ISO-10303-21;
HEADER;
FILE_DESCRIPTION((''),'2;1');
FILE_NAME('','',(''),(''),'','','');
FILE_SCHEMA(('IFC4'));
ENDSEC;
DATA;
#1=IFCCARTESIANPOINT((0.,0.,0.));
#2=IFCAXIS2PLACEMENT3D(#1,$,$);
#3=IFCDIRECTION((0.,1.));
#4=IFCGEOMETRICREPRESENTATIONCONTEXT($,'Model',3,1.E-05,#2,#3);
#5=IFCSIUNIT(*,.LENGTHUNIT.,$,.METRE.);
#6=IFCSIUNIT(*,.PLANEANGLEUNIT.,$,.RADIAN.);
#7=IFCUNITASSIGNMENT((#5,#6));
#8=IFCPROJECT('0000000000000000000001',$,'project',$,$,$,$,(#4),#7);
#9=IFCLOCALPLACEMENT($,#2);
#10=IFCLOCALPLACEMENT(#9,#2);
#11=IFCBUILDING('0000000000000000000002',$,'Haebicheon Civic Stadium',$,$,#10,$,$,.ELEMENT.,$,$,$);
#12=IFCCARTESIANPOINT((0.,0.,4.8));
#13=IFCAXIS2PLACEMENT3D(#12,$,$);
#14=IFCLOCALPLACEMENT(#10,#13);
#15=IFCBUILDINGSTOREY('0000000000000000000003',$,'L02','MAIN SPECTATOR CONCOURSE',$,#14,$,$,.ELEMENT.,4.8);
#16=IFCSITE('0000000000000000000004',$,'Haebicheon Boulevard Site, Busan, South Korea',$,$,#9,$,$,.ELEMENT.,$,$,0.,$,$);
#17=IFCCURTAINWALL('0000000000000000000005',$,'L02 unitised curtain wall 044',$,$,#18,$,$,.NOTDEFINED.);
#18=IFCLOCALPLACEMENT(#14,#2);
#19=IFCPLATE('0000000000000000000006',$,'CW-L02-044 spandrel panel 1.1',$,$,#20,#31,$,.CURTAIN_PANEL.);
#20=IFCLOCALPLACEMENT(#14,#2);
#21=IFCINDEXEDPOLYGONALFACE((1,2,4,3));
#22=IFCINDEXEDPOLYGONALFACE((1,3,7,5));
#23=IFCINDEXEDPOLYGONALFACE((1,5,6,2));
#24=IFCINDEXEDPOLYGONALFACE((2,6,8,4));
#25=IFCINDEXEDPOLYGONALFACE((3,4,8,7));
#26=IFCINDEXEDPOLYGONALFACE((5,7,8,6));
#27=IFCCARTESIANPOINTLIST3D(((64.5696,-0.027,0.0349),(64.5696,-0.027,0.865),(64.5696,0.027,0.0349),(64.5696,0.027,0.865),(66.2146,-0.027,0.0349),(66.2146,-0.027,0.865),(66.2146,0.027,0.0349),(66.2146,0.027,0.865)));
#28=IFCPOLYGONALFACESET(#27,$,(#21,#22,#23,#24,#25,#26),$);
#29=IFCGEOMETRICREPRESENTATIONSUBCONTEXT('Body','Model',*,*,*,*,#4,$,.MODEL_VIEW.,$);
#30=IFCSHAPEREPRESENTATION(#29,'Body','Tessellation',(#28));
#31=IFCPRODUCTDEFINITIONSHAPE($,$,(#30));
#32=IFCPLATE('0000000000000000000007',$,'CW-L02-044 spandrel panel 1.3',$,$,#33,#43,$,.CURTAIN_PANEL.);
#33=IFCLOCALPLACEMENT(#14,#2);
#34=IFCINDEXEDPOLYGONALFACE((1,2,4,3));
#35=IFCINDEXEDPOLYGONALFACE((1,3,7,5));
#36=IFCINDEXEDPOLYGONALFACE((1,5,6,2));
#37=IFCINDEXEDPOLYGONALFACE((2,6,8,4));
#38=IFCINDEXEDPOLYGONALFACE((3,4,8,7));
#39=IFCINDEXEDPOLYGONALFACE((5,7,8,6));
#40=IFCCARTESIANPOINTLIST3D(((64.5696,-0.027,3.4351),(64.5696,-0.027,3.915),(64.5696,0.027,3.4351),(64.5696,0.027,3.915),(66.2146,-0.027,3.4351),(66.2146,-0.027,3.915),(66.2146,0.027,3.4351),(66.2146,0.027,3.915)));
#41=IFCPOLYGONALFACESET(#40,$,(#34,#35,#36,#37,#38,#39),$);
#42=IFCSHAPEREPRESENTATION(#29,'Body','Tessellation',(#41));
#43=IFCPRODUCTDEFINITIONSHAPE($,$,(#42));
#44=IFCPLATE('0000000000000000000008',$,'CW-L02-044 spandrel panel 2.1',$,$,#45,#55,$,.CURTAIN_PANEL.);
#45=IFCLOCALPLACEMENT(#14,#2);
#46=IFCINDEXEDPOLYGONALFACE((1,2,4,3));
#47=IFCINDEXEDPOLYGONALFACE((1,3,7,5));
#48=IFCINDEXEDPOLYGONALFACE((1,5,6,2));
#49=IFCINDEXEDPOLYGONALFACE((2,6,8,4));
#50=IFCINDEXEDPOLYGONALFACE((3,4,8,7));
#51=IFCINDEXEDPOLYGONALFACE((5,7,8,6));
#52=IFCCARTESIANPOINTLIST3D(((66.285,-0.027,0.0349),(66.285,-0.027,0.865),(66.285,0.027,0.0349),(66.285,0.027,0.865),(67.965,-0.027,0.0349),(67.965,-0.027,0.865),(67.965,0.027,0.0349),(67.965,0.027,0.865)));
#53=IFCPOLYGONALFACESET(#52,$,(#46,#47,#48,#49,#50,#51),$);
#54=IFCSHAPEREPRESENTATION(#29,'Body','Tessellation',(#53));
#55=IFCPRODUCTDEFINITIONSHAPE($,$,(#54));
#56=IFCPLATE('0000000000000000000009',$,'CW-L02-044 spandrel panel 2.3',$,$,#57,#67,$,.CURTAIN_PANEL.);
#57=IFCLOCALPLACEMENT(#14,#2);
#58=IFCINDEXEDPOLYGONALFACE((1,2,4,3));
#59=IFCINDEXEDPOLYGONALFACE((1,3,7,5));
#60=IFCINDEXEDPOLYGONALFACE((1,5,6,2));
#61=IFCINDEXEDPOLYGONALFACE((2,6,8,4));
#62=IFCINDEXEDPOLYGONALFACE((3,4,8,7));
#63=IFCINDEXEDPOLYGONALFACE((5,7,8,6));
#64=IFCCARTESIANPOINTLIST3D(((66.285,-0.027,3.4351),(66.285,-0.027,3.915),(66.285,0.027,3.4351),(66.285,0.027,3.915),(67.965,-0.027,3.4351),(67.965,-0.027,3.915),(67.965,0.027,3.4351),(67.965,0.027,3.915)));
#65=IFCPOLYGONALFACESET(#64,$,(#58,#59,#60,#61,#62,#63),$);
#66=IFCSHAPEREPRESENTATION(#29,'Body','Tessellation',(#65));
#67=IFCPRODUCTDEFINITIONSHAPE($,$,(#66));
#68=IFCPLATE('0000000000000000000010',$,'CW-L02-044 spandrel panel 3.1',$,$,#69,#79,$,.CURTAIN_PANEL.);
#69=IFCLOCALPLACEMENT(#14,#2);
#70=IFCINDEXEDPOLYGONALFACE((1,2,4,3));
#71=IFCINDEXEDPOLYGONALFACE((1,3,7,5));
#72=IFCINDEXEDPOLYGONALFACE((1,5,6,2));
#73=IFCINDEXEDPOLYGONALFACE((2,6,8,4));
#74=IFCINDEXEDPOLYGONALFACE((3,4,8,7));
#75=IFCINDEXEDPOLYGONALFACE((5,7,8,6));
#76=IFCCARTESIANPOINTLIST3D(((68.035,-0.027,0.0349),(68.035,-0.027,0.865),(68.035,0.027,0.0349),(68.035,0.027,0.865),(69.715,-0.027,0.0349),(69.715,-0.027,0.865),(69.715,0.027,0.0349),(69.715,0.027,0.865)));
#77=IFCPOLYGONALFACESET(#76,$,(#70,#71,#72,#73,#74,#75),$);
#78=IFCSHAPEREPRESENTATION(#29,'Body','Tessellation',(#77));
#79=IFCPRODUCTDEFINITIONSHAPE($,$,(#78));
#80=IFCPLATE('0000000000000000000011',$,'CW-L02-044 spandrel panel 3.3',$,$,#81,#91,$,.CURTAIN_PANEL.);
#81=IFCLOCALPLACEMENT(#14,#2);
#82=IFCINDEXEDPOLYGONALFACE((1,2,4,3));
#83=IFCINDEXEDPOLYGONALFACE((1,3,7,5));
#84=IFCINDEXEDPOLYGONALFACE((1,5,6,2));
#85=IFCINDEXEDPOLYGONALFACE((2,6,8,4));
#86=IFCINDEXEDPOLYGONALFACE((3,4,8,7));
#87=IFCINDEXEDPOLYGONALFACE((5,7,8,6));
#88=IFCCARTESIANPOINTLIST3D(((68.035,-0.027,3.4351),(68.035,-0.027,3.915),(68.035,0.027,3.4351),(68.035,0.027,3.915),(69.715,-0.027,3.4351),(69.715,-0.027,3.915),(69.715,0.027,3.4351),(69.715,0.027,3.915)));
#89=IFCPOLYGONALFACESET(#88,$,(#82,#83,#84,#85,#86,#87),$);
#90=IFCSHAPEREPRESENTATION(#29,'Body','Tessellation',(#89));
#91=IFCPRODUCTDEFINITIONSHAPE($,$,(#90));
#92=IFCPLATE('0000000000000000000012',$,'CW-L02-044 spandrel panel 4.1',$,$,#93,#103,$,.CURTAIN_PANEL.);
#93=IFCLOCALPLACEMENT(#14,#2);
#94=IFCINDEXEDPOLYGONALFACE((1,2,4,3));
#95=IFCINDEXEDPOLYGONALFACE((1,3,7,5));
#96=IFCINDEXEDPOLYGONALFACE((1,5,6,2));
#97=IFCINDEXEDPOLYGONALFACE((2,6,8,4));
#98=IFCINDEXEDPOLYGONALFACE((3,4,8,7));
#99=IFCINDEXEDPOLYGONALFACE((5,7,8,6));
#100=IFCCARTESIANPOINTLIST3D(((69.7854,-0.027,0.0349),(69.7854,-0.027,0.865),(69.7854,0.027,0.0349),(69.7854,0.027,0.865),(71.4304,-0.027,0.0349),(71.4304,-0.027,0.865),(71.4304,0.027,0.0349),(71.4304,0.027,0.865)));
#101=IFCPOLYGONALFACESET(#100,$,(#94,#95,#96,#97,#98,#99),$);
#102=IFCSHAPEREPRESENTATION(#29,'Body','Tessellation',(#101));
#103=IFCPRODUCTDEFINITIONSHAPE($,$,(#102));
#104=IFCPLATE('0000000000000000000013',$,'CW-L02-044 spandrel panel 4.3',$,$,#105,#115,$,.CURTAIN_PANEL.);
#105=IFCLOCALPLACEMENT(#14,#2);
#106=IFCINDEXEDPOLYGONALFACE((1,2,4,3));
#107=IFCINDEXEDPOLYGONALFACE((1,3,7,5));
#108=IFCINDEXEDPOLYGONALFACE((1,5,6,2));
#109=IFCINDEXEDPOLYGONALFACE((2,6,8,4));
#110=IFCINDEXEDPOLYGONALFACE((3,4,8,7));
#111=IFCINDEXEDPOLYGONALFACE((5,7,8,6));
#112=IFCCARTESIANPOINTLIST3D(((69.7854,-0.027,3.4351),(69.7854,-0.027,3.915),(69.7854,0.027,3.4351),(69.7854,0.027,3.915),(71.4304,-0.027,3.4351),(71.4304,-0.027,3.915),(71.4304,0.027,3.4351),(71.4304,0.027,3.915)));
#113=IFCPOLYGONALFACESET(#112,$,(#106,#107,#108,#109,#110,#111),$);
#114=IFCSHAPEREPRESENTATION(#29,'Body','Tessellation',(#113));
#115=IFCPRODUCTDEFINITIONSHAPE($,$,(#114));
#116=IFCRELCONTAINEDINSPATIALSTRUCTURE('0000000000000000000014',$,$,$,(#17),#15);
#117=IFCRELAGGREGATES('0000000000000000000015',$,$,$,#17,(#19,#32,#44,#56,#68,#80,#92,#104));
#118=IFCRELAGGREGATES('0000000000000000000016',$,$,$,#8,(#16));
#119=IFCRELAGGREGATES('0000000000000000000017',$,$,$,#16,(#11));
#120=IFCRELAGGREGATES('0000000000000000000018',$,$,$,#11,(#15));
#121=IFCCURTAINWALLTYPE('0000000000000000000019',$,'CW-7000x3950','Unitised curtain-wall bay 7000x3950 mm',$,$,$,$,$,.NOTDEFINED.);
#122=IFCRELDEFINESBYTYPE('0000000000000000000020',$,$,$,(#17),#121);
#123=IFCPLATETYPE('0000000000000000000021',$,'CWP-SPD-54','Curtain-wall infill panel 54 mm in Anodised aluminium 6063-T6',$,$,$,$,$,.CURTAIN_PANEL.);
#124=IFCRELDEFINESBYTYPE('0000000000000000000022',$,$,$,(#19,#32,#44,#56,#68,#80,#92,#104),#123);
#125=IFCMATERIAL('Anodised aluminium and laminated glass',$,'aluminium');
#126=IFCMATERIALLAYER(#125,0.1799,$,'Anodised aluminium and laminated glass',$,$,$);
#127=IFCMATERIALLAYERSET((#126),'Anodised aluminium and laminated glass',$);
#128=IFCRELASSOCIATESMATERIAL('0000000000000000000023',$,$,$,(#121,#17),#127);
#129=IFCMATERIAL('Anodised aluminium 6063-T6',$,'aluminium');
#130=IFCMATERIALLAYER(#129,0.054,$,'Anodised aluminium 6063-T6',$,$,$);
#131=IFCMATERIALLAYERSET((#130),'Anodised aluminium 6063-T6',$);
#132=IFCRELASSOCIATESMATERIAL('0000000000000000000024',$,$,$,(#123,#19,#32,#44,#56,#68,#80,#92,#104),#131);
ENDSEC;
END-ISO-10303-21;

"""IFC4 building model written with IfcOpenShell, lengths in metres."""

from ifc_helpers import new_model, si_unit, direction, frame, origin, origin_2d, place, context, subcontext, project, spatial, rectangle, extrude, material, layer, layer_set, type_object, element, aggregate, save


model = new_model("IFC4")

# Units and contexts
model_context = context("Model", 3, precision=1e-05, world=origin(), true_north=direction((0.0, 1.0)))
body_context = subcontext(model_context, "Body", "Model", "MODEL_VIEW")
ifc_project = project(units=[si_unit("LENGTHUNIT", "METRE"), si_unit("PLANEANGLEUNIT", "RADIAN")], contexts=[model_context])

# Site, building, storey
site_placement = place(None, origin())
site = spatial("IfcSite", under=ifc_project, at=site_placement, Name="Haebicheon Boulevard Site, Busan, South Korea", CompositionType="ELEMENT", RefElevation=0.0)
building_placement = place(site_placement, origin())
building = spatial("IfcBuilding", under=site, at=building_placement, Name="Haebicheon Civic Stadium", CompositionType="ELEMENT")
storey_placement = place(building_placement, frame((0.0, 0.0, 4.8)))
storey = spatial("IfcBuildingStorey", under=building, at=storey_placement, Name="L02", Description="MAIN SPECTATOR CONCOURSE", CompositionType="ELEMENT", Elevation=4.8)

# Curtain wall, plates
ifc_material_1 = material(Name="Anodised aluminium and laminated glass", Category="aluminium")
ifc_layer_1 = layer(ifc_material_1, 0.1799, Name="Anodised aluminium and laminated glass")
ifc_layer_set_1 = layer_set([ifc_layer_1], Name="Anodised aluminium and laminated glass")
curtain_wall_type = type_object("IfcCurtainWallType", Name="CW-7000x3950", Description="Unitised curtain-wall bay 7000x3950 mm", PredefinedType="NOTDEFINED", material=ifc_layer_set_1)
curtain_wall_placement = place(storey_placement, origin())
curtain_wall = element("IfcCurtainWall", 1, at=curtain_wall_placement, inside=storey, type_object=curtain_wall_type, material=ifc_layer_set_1, Name="L02 unitised curtain wall 044", PredefinedType="NOTDEFINED")
ifc_material_2 = material(Name="Anodised aluminium 6063-T6", Category="aluminium")
ifc_layer_2 = layer(ifc_material_2, 0.054, Name="Anodised aluminium 6063-T6")
ifc_layer_set_2 = layer_set([ifc_layer_2], Name="Anodised aluminium 6063-T6")
plate_type_1 = type_object("IfcPlateType", Name="CWP-SPD-54", Description="Curtain-wall infill panel 54 mm in Anodised aluminium 6063-T6", PredefinedType="CURTAIN_PANEL", material=ifc_layer_set_2)
plate_1_placement = place(storey_placement, frame((65.3921, 0.0, 0.0349), z_axis=(0.0, 0.0, 1.0), x_axis=(1.0, 0.0, 0.0)))
plate_1 = element("IfcPlate", 2, at=plate_1_placement, type_object=plate_type_1, material=ifc_layer_set_2, Name="CW-L02-044 spandrel panel 1.1", PredefinedType="CURTAIN_PANEL", context=body_context, shape_type="SweptSolid", body=[
    extrude(rectangle(XDim=1.645, YDim=0.054, at=origin_2d()), origin(), (0.0, 0.0, 1.0), 0.8301),
])
plate_2_placement = place(storey_placement, frame((65.3921, 0.0, 3.4351), z_axis=(0.0, 0.0, 1.0), x_axis=(1.0, 0.0, 0.0)))
plate_2 = element("IfcPlate", 3, at=plate_2_placement, type_object=plate_type_1, material=ifc_layer_set_2, Name="CW-L02-044 spandrel panel 1.3", PredefinedType="CURTAIN_PANEL", context=body_context, shape_type="SweptSolid", body=[
    extrude(rectangle(XDim=1.645, YDim=0.054, at=origin_2d()), origin(), (0.0, 0.0, 1.0), 0.48),
])
plate_3_placement = place(storey_placement, frame((67.125, 0.0, 0.0349), z_axis=(0.0, 0.0, 1.0), x_axis=(1.0, 0.0, 0.0)))
plate_3 = element("IfcPlate", 4, at=plate_3_placement, type_object=plate_type_1, material=ifc_layer_set_2, Name="CW-L02-044 spandrel panel 2.1", PredefinedType="CURTAIN_PANEL", context=body_context, shape_type="SweptSolid", body=[
    extrude(rectangle(XDim=1.6799, YDim=0.054, at=origin_2d()), origin(), (0.0, 0.0, 1.0), 0.8301),
])
plate_4_placement = place(storey_placement, frame((67.125, 0.0, 3.4351), z_axis=(0.0, 0.0, 1.0), x_axis=(1.0, 0.0, 0.0)))
plate_4 = element("IfcPlate", 5, at=plate_4_placement, type_object=plate_type_1, material=ifc_layer_set_2, Name="CW-L02-044 spandrel panel 2.3", PredefinedType="CURTAIN_PANEL", context=body_context, shape_type="SweptSolid", body=[
    extrude(rectangle(XDim=1.6799, YDim=0.054, at=origin_2d()), origin(), (0.0, 0.0, 1.0), 0.48),
])
plate_5_placement = place(storey_placement, frame((68.875, 0.0, 0.0349), z_axis=(0.0, 0.0, 1.0), x_axis=(1.0, 0.0, 0.0)))
plate_5 = element("IfcPlate", 6, at=plate_5_placement, type_object=plate_type_1, material=ifc_layer_set_2, Name="CW-L02-044 spandrel panel 3.1", PredefinedType="CURTAIN_PANEL", context=body_context, shape_type="SweptSolid", body=[
    extrude(rectangle(XDim=1.6799, YDim=0.054, at=origin_2d()), origin(), (0.0, 0.0, 1.0), 0.8301),
])
plate_6_placement = place(storey_placement, frame((68.875, 0.0, 3.4351), z_axis=(0.0, 0.0, 1.0), x_axis=(1.0, 0.0, 0.0)))
plate_6 = element("IfcPlate", 7, at=plate_6_placement, type_object=plate_type_1, material=ifc_layer_set_2, Name="CW-L02-044 spandrel panel 3.3", PredefinedType="CURTAIN_PANEL", context=body_context, shape_type="SweptSolid", body=[
    extrude(rectangle(XDim=1.6799, YDim=0.054, at=origin_2d()), origin(), (0.0, 0.0, 1.0), 0.48),
])
plate_7_placement = place(storey_placement, frame((70.6079, 0.0, 0.0349), z_axis=(0.0, 0.0, 1.0), x_axis=(1.0, 0.0, 0.0)))
plate_7 = element("IfcPlate", 8, at=plate_7_placement, type_object=plate_type_1, material=ifc_layer_set_2, Name="CW-L02-044 spandrel panel 4.1", PredefinedType="CURTAIN_PANEL", context=body_context, shape_type="SweptSolid", body=[
    extrude(rectangle(XDim=1.645, YDim=0.054, at=origin_2d()), origin(), (0.0, 0.0, 1.0), 0.8301),
])
plate_8_placement = place(storey_placement, frame((70.6079, 0.0, 3.4351), z_axis=(0.0, 0.0, 1.0), x_axis=(1.0, 0.0, 0.0)))
plate_8 = element("IfcPlate", 9, at=plate_8_placement, type_object=plate_type_1, material=ifc_layer_set_2, Name="CW-L02-044 spandrel panel 4.3", PredefinedType="CURTAIN_PANEL", context=body_context, shape_type="SweptSolid", body=[
    extrude(rectangle(XDim=1.645, YDim=0.054, at=origin_2d()), origin(), (0.0, 0.0, 1.0), 0.48),
])
aggregate(curtain_wall, [plate_1, plate_2, plate_3, plate_4, plate_5, plate_6, plate_7, plate_8])

save(model, "model.ifc")
